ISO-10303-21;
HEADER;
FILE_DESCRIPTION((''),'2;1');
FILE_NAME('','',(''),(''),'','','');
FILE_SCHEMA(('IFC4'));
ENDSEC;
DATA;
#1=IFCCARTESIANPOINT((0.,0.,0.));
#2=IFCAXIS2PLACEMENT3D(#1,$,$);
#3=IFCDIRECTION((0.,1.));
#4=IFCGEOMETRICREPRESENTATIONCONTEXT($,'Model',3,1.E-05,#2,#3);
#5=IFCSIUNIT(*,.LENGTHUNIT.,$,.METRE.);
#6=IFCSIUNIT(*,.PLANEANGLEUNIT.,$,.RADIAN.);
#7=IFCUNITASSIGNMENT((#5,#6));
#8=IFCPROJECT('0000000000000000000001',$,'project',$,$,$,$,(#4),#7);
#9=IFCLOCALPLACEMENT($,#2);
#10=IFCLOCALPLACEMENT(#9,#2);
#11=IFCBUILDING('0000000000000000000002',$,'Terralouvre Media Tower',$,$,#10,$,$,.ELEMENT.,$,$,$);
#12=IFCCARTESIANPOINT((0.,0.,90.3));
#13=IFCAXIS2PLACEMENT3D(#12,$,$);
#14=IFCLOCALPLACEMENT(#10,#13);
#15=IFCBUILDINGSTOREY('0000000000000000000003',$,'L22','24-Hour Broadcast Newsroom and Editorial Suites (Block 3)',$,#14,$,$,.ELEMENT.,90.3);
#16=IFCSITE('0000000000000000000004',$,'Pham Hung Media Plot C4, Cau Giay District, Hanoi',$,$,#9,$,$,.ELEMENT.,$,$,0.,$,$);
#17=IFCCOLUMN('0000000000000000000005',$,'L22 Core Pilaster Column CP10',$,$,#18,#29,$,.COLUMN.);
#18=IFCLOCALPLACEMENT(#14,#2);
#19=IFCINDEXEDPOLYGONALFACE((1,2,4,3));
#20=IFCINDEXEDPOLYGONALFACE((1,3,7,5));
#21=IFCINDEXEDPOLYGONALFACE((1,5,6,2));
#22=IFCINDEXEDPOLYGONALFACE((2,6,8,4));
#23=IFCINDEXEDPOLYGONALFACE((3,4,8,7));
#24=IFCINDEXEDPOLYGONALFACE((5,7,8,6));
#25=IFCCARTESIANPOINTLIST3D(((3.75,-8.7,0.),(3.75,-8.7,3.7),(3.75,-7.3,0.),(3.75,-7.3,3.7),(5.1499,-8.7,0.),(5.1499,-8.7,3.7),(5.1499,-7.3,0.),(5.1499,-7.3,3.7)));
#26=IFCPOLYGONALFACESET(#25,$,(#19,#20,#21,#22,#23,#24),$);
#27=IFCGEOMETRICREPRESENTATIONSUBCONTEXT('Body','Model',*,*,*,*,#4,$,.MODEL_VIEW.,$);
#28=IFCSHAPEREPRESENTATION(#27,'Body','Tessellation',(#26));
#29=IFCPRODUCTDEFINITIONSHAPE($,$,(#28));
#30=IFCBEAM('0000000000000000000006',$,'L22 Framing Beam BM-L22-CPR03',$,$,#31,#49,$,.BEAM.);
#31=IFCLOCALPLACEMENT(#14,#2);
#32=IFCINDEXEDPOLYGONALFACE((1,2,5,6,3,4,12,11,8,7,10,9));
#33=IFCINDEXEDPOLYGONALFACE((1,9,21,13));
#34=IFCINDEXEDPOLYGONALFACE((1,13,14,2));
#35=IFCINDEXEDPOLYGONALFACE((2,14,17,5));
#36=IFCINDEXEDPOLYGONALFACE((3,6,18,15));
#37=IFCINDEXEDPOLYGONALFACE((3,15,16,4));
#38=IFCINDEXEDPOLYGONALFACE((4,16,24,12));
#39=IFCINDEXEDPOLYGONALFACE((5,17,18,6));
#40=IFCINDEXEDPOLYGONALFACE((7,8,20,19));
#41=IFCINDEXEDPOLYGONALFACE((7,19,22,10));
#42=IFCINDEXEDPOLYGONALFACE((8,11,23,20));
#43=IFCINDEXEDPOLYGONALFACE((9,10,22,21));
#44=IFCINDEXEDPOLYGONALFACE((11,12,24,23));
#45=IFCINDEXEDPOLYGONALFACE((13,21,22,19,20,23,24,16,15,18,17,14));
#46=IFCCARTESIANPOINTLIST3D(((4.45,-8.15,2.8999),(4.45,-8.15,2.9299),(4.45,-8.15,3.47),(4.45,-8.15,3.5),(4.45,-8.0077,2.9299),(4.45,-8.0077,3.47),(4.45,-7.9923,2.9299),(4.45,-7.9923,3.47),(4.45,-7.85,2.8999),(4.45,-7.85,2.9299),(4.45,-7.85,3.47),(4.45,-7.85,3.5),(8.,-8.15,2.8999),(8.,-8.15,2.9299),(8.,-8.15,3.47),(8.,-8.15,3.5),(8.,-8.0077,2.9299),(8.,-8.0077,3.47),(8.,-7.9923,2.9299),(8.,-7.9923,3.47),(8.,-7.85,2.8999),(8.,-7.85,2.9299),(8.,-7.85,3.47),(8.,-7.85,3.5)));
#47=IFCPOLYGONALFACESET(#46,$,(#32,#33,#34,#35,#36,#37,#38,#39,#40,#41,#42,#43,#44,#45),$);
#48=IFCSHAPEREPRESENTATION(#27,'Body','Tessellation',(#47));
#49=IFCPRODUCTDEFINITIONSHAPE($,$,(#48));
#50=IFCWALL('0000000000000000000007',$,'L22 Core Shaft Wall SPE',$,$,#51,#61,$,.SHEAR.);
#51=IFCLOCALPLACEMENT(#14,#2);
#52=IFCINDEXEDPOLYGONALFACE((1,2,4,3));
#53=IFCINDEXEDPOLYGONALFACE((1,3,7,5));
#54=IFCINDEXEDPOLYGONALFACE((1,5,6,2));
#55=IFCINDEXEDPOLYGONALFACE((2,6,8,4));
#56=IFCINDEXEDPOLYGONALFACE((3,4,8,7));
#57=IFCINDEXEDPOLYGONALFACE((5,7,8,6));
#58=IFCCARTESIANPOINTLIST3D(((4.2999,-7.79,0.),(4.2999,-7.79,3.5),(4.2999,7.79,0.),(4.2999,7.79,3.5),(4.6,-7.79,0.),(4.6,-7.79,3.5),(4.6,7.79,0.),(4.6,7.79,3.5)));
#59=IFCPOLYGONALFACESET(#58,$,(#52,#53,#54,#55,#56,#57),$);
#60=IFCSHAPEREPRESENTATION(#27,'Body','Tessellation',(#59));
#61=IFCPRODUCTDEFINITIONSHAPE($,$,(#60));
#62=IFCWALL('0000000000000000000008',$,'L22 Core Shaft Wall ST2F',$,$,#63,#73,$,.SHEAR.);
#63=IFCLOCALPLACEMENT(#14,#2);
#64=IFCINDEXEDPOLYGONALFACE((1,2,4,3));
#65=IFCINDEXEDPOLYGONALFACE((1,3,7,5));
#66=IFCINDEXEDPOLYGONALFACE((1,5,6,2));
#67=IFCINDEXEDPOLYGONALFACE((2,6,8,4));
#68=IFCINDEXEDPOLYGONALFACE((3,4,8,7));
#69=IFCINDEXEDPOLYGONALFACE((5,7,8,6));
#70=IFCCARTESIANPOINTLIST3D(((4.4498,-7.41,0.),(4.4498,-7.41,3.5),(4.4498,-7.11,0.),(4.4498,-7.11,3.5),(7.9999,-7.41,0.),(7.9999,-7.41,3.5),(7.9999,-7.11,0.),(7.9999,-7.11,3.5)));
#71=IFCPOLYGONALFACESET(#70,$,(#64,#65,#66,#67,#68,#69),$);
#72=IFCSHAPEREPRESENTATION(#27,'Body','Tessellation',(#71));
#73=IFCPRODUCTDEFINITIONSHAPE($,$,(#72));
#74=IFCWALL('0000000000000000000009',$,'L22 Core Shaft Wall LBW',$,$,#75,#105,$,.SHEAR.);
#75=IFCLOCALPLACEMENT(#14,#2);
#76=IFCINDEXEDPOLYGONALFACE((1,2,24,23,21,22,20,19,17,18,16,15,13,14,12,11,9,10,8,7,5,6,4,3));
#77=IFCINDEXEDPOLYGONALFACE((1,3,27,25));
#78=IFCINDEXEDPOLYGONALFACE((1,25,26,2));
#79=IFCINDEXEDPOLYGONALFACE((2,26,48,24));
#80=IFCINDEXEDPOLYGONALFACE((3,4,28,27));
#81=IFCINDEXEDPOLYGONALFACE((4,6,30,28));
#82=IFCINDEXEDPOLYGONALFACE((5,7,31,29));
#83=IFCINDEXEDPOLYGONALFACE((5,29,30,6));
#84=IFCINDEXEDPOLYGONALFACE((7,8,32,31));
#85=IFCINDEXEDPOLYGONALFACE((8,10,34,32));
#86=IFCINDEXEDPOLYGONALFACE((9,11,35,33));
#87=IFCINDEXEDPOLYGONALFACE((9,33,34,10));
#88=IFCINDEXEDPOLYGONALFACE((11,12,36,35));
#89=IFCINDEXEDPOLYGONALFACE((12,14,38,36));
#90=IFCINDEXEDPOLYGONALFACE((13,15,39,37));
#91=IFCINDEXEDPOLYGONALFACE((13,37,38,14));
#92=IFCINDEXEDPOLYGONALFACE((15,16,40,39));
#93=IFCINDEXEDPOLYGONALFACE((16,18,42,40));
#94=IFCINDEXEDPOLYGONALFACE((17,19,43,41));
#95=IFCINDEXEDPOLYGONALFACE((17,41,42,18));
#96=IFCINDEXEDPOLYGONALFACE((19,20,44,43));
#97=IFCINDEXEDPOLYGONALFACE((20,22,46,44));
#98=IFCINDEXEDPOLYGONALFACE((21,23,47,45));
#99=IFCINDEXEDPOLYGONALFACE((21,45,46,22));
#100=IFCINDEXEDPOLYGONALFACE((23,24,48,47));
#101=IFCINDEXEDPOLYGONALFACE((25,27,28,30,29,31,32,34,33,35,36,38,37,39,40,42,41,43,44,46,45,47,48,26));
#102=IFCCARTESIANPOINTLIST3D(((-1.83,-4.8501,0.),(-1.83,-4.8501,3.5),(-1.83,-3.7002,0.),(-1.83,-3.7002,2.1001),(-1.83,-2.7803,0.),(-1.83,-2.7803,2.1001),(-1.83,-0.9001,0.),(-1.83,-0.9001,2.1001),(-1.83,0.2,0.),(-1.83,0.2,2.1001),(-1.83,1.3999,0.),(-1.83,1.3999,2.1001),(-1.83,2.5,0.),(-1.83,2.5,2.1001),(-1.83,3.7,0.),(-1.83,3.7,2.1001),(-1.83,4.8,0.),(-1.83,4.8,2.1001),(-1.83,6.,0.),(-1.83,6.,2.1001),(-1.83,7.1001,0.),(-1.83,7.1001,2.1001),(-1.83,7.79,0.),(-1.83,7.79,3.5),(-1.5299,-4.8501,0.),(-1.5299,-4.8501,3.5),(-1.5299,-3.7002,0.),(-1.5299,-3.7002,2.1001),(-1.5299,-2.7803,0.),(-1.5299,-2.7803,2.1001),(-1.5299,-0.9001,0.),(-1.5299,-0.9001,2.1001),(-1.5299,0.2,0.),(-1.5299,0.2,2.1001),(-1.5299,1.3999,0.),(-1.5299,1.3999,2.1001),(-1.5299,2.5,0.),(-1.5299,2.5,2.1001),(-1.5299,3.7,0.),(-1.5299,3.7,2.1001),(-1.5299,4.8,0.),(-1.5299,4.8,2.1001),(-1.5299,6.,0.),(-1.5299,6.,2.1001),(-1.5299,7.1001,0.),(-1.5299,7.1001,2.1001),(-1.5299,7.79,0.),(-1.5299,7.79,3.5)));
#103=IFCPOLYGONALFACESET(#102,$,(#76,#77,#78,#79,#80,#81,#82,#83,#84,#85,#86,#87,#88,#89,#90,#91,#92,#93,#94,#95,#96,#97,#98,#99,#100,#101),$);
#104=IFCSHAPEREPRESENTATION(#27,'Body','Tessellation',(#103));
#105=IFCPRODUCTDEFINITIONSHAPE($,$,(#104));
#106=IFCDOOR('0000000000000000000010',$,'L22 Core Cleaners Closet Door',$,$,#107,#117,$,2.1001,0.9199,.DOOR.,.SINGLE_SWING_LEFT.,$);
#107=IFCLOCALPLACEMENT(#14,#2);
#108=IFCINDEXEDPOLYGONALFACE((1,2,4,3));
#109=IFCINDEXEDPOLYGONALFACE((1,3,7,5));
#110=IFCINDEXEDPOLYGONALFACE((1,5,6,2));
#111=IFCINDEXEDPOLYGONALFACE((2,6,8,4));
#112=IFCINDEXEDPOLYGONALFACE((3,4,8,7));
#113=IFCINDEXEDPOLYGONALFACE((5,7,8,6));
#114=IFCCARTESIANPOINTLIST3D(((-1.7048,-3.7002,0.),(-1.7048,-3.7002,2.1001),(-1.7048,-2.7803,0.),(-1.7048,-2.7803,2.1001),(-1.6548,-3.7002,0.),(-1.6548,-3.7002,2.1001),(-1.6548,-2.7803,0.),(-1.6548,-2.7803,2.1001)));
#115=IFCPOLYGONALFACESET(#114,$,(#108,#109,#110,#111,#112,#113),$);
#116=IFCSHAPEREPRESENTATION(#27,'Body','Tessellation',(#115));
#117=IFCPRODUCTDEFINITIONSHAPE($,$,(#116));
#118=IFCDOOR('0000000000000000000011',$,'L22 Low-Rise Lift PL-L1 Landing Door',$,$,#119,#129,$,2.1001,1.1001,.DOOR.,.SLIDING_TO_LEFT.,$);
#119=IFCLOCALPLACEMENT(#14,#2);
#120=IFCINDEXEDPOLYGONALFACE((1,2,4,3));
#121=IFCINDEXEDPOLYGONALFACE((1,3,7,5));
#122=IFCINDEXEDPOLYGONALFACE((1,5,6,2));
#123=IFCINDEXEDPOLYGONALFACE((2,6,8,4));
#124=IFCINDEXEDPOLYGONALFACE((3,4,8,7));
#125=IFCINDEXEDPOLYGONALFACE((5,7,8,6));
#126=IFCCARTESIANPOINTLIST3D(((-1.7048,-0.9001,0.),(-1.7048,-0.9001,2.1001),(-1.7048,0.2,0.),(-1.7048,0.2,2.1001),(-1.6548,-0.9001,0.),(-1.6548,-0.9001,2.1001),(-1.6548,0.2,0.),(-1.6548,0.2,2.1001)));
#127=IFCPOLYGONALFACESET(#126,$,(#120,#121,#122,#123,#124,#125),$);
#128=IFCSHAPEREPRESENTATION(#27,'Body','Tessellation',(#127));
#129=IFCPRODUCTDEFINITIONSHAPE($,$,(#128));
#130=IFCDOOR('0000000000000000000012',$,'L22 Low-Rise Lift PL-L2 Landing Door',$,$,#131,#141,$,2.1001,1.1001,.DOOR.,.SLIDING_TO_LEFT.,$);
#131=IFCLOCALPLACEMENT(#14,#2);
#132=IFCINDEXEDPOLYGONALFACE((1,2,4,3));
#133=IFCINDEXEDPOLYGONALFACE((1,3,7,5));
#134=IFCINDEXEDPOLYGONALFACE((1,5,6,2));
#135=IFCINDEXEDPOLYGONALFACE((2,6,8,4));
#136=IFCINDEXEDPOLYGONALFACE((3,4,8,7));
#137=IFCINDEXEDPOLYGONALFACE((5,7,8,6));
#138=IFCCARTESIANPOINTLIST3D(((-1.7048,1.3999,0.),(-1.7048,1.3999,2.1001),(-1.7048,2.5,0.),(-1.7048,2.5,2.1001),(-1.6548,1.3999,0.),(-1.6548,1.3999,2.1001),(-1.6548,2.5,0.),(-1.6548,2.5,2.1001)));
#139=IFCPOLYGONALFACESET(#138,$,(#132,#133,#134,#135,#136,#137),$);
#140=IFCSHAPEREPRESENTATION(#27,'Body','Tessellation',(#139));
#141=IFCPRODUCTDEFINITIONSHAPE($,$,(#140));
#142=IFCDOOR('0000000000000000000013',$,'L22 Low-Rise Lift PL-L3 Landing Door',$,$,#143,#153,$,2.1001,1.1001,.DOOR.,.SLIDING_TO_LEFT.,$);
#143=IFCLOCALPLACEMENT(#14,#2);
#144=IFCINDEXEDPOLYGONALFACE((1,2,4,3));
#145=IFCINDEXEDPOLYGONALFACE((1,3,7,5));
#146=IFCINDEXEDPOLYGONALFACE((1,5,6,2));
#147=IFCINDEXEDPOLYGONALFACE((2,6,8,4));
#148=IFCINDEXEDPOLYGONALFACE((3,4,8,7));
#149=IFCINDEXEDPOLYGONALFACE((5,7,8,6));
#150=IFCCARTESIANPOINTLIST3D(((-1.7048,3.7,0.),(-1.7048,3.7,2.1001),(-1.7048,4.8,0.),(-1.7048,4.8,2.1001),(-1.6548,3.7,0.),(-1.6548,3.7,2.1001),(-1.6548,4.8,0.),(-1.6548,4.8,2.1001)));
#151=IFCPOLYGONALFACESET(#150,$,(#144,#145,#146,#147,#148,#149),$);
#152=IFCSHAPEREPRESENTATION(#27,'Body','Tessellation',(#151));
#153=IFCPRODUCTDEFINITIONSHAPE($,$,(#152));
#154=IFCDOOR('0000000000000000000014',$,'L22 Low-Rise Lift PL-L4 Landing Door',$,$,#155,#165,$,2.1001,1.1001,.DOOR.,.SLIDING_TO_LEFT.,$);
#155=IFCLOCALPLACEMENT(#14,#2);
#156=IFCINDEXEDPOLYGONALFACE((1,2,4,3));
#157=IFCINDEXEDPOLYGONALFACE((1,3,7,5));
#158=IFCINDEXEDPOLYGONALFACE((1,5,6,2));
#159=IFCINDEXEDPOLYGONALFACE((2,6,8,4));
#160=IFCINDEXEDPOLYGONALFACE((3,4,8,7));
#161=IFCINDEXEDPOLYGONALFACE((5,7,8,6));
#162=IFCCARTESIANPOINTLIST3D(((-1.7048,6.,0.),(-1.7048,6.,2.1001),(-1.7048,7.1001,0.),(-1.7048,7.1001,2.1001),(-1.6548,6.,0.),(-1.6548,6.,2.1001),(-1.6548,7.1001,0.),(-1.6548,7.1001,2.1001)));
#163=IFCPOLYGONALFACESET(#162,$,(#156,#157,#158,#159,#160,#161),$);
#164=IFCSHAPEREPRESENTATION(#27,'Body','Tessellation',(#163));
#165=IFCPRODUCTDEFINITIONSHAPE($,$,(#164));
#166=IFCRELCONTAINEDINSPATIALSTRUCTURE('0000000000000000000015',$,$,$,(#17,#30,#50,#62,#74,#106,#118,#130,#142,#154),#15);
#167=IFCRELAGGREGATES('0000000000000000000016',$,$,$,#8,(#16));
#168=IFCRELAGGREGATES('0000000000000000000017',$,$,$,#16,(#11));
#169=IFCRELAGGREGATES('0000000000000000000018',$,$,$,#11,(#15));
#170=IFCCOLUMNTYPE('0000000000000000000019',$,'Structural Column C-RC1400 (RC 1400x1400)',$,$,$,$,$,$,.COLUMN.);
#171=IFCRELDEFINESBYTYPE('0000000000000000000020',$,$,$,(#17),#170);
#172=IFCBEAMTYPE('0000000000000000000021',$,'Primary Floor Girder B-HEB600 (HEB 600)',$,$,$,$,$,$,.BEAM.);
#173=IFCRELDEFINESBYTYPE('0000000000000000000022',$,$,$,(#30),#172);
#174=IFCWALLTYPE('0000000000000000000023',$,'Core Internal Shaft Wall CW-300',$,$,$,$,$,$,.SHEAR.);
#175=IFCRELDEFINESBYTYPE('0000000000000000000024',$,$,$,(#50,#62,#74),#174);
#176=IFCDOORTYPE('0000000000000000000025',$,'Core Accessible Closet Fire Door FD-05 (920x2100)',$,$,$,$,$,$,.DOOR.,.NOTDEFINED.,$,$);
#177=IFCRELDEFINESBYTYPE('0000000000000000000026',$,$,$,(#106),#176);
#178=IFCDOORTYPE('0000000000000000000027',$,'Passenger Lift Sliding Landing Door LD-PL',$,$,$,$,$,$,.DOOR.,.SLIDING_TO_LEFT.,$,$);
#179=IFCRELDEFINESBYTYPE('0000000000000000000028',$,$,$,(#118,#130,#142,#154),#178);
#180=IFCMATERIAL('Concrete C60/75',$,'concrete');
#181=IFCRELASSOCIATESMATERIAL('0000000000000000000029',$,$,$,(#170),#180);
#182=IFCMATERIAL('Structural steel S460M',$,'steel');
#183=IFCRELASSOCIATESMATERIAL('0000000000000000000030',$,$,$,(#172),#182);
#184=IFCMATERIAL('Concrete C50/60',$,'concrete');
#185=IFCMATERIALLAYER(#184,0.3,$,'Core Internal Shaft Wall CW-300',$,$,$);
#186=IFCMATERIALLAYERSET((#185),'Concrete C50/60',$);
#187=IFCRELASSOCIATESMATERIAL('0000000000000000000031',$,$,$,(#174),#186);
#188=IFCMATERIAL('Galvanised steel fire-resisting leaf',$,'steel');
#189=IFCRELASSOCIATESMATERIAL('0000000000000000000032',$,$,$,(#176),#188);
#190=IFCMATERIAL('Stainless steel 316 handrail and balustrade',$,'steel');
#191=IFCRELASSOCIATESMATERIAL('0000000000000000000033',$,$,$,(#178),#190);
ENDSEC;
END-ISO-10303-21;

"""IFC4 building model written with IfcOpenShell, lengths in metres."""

from ifc_helpers import new_model, si_unit, direction, frame, frame_2d, origin, origin_2d, place, context, subcontext, project, spatial, rectangle, i_section, extrude, material, layer, layer_set, material_profile, profile_set, type_object, element, fill, save


model = new_model("IFC4")

# Units and contexts
model_context = context("Model", 3, precision=1e-05, world=origin(), true_north=direction((0.0, 1.0)))
body_context = subcontext(model_context, "Body", "Model", "MODEL_VIEW")
ifc_project = project(units=[si_unit("LENGTHUNIT", "METRE"), si_unit("PLANEANGLEUNIT", "RADIAN")], contexts=[model_context])

# Site, building, storey
site_placement = place(None, origin())
site = spatial("IfcSite", under=ifc_project, at=site_placement, Name="Pham Hung Media Plot C4, Cau Giay District, Hanoi", CompositionType="ELEMENT", RefElevation=0.0)
building_placement = place(site_placement, origin())
building = spatial("IfcBuilding", under=site, at=building_placement, Name="Terralouvre Media Tower", CompositionType="ELEMENT")
storey_placement = place(building_placement, frame((0.0, 0.0, 90.3)))
storey = spatial("IfcBuildingStorey", under=building, at=storey_placement, Name="L22", Description="24-Hour Broadcast Newsroom and Editorial Suites (Block 3)", CompositionType="ELEMENT", Elevation=90.3)

# Column
ifc_material_1 = material(Name="Concrete C60/75", Category="concrete")
ifc_material_profile_1 = material_profile(ifc_material_1, rectangle(XDim=1.3999, YDim=1.3999, at=origin_2d()), Name="RC 1400x1400")
ifc_profile_set_1 = profile_set([ifc_material_profile_1], Name="Concrete C60/75")
column_type = type_object("IfcColumnType", Name="Structural Column C-RC1400 (RC 1400x1400)", PredefinedType="COLUMN", material=ifc_profile_set_1)
column_placement = place(storey_placement, frame((4.45, -8.0, 0.0), z_axis=(0.0, 0.0, 1.0), x_axis=(1.0, 0.0, 0.0)))
element("IfcColumn", 1, at=column_placement, inside=storey, type_object=column_type, Name="L22 Core Pilaster Column CP10", PredefinedType="COLUMN", context=body_context, shape_type="SweptSolid", body=[
    extrude(rectangle(XDim=1.3999, YDim=1.3999, at=origin_2d()), origin(), (0.0, 0.0, 1.0), 3.7),
])

# Beam
ifc_material_2 = material(Name="Structural steel S460M", Category="steel")
ifc_material_profile_2 = material_profile(ifc_material_2, i_section(OverallWidth=0.3, OverallDepth=0.6001, WebThickness=0.0154, FlangeThickness=0.03, at=origin_2d()), Name="HEB 600")
ifc_profile_set_2 = profile_set([ifc_material_profile_2], Name="Structural steel S460M")
beam_type = type_object("IfcBeamType", Name="Primary Floor Girder B-HEB600 (HEB 600)", PredefinedType="BEAM", material=ifc_profile_set_2)
beam_placement = place(storey_placement, frame((4.45, -8.0, 3.2), z_axis=(1.0, 0.0, 0.0), x_axis=(0.0, 1.0, 0.0)))
element("IfcBeam", 2, at=beam_placement, inside=storey, type_object=beam_type, Name="L22 Framing Beam BM-L22-CPR03", PredefinedType="BEAM", context=body_context, shape_type="SweptSolid", body=[
    extrude(i_section(OverallWidth=0.3, OverallDepth=0.6001, WebThickness=0.0154, FlangeThickness=0.03, at=origin_2d()), origin(), (0.0, 0.0, 1.0), 3.55),
])

# Walls
ifc_material_3 = material(Name="Concrete C50/60", Category="concrete")
ifc_layer_1 = layer(ifc_material_3, 0.3, Name="Core Internal Shaft Wall CW-300")
ifc_layer_set_1 = layer_set([ifc_layer_1], Name="Concrete C50/60")
wall_type_1 = type_object("IfcWallType", Name="Core Internal Shaft Wall CW-300", PredefinedType="SHEAR", material=ifc_layer_set_1)
wall_1_placement = place(storey_placement, frame((4.45, -7.79, 0.0), z_axis=(0.0, 0.0, 1.0), x_axis=(0.0, 1.0, 0.0)))
element("IfcWall", 3, at=wall_1_placement, inside=storey, type_object=wall_type_1, Name="L22 Core Shaft Wall SPE", PredefinedType="SHEAR", context=body_context, shape_type="SweptSolid", body=[
    extrude(rectangle(XDim=15.5801, YDim=0.3, at=frame_2d((7.79, 0.0))), origin(), (0.0, 0.0, 1.0), 3.5),
])
wall_2_placement = place(storey_placement, frame((4.45, -7.26, 0.0), z_axis=(0.0, 0.0, 1.0), x_axis=(1.0, 0.0, 0.0)))
element("IfcWall", 4, at=wall_2_placement, inside=storey, type_object=wall_type_1, Name="L22 Core Shaft Wall ST2F", PredefinedType="SHEAR", context=body_context, shape_type="SweptSolid", body=[
    extrude(rectangle(XDim=3.55, YDim=0.3, at=frame_2d((1.7749, 0.0))), origin(), (0.0, 0.0, 1.0), 3.5),
])

# Wall, openings, doors
wall_3_placement = place(storey_placement, frame((-1.6799, -4.8501, 0.0), z_axis=(0.0, 0.0, 1.0), x_axis=(0.0, 1.0, 0.0)))
wall_3 = element("IfcWall", 5, at=wall_3_placement, inside=storey, type_object=wall_type_1, Name="L22 Core Shaft Wall LBW", PredefinedType="SHEAR", context=body_context, shape_type="SweptSolid", body=[
    extrude(rectangle(XDim=12.6401, YDim=0.3, at=frame_2d((6.3201, 0.0))), origin(), (0.0, 0.0, 1.0), 3.5),
])
opening_1_placement = place(wall_3_placement, frame((3.95, 0.0, 0.0)))
opening_1 = element("IfcOpeningElement", 6, at=opening_1_placement, cuts=wall_3, PredefinedType="OPENING", context=body_context, shape_type="SweptSolid", body=[
    extrude(rectangle(XDim=1.1001, YDim=2.1001, at=frame_2d((0.55, 1.05))), frame((0.0, 0.1599, 0.0), z_axis=(0.0, -1.0, 0.0), x_axis=(1.0, 0.0, 0.0)), (0.0, 0.0, 1.0), 0.3201),
])
opening_2_placement = place(wall_3_placement, frame((6.25, 0.0, 0.0)))
opening_2 = element("IfcOpeningElement", 7, at=opening_2_placement, cuts=wall_3, PredefinedType="OPENING", context=body_context, shape_type="SweptSolid", body=[
    extrude(rectangle(XDim=1.1001, YDim=2.1001, at=frame_2d((0.55, 1.05))), frame((0.0, 0.1599, 0.0), z_axis=(0.0, -1.0, 0.0), x_axis=(1.0, 0.0, 0.0)), (0.0, 0.0, 1.0), 0.3201),
])
opening_3_placement = place(wall_3_placement, frame((8.55, 0.0, 0.0)))
opening_3 = element("IfcOpeningElement", 8, at=opening_3_placement, cuts=wall_3, PredefinedType="OPENING", context=body_context, shape_type="SweptSolid", body=[
    extrude(rectangle(XDim=1.1001, YDim=2.1001, at=frame_2d((0.55, 1.05))), frame((0.0, 0.1599, 0.0), z_axis=(0.0, -1.0, 0.0), x_axis=(1.0, 0.0, 0.0)), (0.0, 0.0, 1.0), 0.3201),
])
opening_4_placement = place(wall_3_placement, frame((10.8501, 0.0, 0.0)))
opening_4 = element("IfcOpeningElement", 9, at=opening_4_placement, cuts=wall_3, PredefinedType="OPENING", context=body_context, shape_type="SweptSolid", body=[
    extrude(rectangle(XDim=1.1001, YDim=2.1001, at=frame_2d((0.55, 1.05))), frame((0.0, 0.1599, 0.0), z_axis=(0.0, -1.0, 0.0), x_axis=(1.0, 0.0, 0.0)), (0.0, 0.0, 1.0), 0.3201),
])
opening_5_placement = place(wall_3_placement, frame((1.1499, 0.0, 0.0)))
opening_5 = element("IfcOpeningElement", 10, at=opening_5_placement, cuts=wall_3, PredefinedType="OPENING", context=body_context, shape_type="SweptSolid", body=[
    extrude(rectangle(XDim=0.9199, YDim=2.1001, at=frame_2d((0.46, 1.05))), frame((0.0, 0.1599, 0.0), z_axis=(0.0, -1.0, 0.0), x_axis=(1.0, 0.0, 0.0)), (0.0, 0.0, 1.0), 0.3201),
])
ifc_material_4 = material(Name="Galvanised steel fire-resisting leaf", Category="steel")
door_type_1 = type_object("IfcDoorType", Name="Core Accessible Closet Fire Door FD-05 (920x2100)", OperationType="NOTDEFINED", PredefinedType="DOOR", material=ifc_material_4)
door_1_placement = place(opening_5_placement, origin())
door_1 = element("IfcDoor", 11, at=door_1_placement, inside=storey, type_object=door_type_1, Name="L22 Core Cleaners Closet Door", OperationType="SINGLE_SWING_LEFT", OverallHeight=2.1001, OverallWidth=0.9199, PredefinedType="DOOR", context=body_context, shape_type="SweptSolid", body=[
    extrude(rectangle(XDim=0.9199, YDim=2.1001, at=frame_2d((0.46, 1.05))), frame((0.0, 0.0249, 0.0), z_axis=(0.0, -1.0, 0.0), x_axis=(1.0, 0.0, 0.0)), (0.0, 0.0, 1.0), 0.05),
])
fill(opening_5, door_1)
ifc_material_5 = material(Name="Stainless steel 316 handrail and balustrade", Category="steel")
door_type_2 = type_object("IfcDoorType", Name="Passenger Lift Sliding Landing Door LD-PL", OperationType="SLIDING_TO_LEFT", PredefinedType="DOOR", material=ifc_material_5)
door_2_placement = place(opening_1_placement, origin())
door_2 = element("IfcDoor", 12, at=door_2_placement, inside=storey, type_object=door_type_2, Name="L22 Low-Rise Lift PL-L1 Landing Door", OperationType="SLIDING_TO_LEFT", OverallHeight=2.1001, OverallWidth=1.1001, PredefinedType="DOOR", context=body_context, shape_type="SweptSolid", body=[
    extrude(rectangle(XDim=1.1001, YDim=2.1001, at=frame_2d((0.55, 1.05))), frame((0.0, 0.0249, 0.0), z_axis=(0.0, -1.0, 0.0), x_axis=(1.0, 0.0, 0.0)), (0.0, 0.0, 1.0), 0.05),
])
fill(opening_1, door_2)
door_3_placement = place(opening_2_placement, origin())
door_3 = element("IfcDoor", 13, at=door_3_placement, inside=storey, type_object=door_type_2, Name="L22 Low-Rise Lift PL-L2 Landing Door", OperationType="SLIDING_TO_LEFT", OverallHeight=2.1001, OverallWidth=1.1001, PredefinedType="DOOR", context=body_context, shape_type="SweptSolid", body=[
    extrude(rectangle(XDim=1.1001, YDim=2.1001, at=frame_2d((0.55, 1.05))), frame((0.0, 0.0249, 0.0), z_axis=(0.0, -1.0, 0.0), x_axis=(1.0, 0.0, 0.0)), (0.0, 0.0, 1.0), 0.05),
])
fill(opening_2, door_3)
door_4_placement = place(opening_3_placement, origin())
door_4 = element("IfcDoor", 14, at=door_4_placement, inside=storey, type_object=door_type_2, Name="L22 Low-Rise Lift PL-L3 Landing Door", OperationType="SLIDING_TO_LEFT", OverallHeight=2.1001, OverallWidth=1.1001, PredefinedType="DOOR", context=body_context, shape_type="SweptSolid", body=[
    extrude(rectangle(XDim=1.1001, YDim=2.1001, at=frame_2d((0.55, 1.05))), frame((0.0, 0.0249, 0.0), z_axis=(0.0, -1.0, 0.0), x_axis=(1.0, 0.0, 0.0)), (0.0, 0.0, 1.0), 0.05),
])
fill(opening_3, door_4)
door_5_placement = place(opening_4_placement, origin())
door_5 = element("IfcDoor", 15, at=door_5_placement, inside=storey, type_object=door_type_2, Name="L22 Low-Rise Lift PL-L4 Landing Door", OperationType="SLIDING_TO_LEFT", OverallHeight=2.1001, OverallWidth=1.1001, PredefinedType="DOOR", context=body_context, shape_type="SweptSolid", body=[
    extrude(rectangle(XDim=1.1001, YDim=2.1001, at=frame_2d((0.55, 1.05))), frame((0.0, 0.0249, 0.0), z_axis=(0.0, -1.0, 0.0), x_axis=(1.0, 0.0, 0.0)), (0.0, 0.0, 1.0), 0.05),
])
fill(opening_4, door_5)

save(model, "model.ifc")
